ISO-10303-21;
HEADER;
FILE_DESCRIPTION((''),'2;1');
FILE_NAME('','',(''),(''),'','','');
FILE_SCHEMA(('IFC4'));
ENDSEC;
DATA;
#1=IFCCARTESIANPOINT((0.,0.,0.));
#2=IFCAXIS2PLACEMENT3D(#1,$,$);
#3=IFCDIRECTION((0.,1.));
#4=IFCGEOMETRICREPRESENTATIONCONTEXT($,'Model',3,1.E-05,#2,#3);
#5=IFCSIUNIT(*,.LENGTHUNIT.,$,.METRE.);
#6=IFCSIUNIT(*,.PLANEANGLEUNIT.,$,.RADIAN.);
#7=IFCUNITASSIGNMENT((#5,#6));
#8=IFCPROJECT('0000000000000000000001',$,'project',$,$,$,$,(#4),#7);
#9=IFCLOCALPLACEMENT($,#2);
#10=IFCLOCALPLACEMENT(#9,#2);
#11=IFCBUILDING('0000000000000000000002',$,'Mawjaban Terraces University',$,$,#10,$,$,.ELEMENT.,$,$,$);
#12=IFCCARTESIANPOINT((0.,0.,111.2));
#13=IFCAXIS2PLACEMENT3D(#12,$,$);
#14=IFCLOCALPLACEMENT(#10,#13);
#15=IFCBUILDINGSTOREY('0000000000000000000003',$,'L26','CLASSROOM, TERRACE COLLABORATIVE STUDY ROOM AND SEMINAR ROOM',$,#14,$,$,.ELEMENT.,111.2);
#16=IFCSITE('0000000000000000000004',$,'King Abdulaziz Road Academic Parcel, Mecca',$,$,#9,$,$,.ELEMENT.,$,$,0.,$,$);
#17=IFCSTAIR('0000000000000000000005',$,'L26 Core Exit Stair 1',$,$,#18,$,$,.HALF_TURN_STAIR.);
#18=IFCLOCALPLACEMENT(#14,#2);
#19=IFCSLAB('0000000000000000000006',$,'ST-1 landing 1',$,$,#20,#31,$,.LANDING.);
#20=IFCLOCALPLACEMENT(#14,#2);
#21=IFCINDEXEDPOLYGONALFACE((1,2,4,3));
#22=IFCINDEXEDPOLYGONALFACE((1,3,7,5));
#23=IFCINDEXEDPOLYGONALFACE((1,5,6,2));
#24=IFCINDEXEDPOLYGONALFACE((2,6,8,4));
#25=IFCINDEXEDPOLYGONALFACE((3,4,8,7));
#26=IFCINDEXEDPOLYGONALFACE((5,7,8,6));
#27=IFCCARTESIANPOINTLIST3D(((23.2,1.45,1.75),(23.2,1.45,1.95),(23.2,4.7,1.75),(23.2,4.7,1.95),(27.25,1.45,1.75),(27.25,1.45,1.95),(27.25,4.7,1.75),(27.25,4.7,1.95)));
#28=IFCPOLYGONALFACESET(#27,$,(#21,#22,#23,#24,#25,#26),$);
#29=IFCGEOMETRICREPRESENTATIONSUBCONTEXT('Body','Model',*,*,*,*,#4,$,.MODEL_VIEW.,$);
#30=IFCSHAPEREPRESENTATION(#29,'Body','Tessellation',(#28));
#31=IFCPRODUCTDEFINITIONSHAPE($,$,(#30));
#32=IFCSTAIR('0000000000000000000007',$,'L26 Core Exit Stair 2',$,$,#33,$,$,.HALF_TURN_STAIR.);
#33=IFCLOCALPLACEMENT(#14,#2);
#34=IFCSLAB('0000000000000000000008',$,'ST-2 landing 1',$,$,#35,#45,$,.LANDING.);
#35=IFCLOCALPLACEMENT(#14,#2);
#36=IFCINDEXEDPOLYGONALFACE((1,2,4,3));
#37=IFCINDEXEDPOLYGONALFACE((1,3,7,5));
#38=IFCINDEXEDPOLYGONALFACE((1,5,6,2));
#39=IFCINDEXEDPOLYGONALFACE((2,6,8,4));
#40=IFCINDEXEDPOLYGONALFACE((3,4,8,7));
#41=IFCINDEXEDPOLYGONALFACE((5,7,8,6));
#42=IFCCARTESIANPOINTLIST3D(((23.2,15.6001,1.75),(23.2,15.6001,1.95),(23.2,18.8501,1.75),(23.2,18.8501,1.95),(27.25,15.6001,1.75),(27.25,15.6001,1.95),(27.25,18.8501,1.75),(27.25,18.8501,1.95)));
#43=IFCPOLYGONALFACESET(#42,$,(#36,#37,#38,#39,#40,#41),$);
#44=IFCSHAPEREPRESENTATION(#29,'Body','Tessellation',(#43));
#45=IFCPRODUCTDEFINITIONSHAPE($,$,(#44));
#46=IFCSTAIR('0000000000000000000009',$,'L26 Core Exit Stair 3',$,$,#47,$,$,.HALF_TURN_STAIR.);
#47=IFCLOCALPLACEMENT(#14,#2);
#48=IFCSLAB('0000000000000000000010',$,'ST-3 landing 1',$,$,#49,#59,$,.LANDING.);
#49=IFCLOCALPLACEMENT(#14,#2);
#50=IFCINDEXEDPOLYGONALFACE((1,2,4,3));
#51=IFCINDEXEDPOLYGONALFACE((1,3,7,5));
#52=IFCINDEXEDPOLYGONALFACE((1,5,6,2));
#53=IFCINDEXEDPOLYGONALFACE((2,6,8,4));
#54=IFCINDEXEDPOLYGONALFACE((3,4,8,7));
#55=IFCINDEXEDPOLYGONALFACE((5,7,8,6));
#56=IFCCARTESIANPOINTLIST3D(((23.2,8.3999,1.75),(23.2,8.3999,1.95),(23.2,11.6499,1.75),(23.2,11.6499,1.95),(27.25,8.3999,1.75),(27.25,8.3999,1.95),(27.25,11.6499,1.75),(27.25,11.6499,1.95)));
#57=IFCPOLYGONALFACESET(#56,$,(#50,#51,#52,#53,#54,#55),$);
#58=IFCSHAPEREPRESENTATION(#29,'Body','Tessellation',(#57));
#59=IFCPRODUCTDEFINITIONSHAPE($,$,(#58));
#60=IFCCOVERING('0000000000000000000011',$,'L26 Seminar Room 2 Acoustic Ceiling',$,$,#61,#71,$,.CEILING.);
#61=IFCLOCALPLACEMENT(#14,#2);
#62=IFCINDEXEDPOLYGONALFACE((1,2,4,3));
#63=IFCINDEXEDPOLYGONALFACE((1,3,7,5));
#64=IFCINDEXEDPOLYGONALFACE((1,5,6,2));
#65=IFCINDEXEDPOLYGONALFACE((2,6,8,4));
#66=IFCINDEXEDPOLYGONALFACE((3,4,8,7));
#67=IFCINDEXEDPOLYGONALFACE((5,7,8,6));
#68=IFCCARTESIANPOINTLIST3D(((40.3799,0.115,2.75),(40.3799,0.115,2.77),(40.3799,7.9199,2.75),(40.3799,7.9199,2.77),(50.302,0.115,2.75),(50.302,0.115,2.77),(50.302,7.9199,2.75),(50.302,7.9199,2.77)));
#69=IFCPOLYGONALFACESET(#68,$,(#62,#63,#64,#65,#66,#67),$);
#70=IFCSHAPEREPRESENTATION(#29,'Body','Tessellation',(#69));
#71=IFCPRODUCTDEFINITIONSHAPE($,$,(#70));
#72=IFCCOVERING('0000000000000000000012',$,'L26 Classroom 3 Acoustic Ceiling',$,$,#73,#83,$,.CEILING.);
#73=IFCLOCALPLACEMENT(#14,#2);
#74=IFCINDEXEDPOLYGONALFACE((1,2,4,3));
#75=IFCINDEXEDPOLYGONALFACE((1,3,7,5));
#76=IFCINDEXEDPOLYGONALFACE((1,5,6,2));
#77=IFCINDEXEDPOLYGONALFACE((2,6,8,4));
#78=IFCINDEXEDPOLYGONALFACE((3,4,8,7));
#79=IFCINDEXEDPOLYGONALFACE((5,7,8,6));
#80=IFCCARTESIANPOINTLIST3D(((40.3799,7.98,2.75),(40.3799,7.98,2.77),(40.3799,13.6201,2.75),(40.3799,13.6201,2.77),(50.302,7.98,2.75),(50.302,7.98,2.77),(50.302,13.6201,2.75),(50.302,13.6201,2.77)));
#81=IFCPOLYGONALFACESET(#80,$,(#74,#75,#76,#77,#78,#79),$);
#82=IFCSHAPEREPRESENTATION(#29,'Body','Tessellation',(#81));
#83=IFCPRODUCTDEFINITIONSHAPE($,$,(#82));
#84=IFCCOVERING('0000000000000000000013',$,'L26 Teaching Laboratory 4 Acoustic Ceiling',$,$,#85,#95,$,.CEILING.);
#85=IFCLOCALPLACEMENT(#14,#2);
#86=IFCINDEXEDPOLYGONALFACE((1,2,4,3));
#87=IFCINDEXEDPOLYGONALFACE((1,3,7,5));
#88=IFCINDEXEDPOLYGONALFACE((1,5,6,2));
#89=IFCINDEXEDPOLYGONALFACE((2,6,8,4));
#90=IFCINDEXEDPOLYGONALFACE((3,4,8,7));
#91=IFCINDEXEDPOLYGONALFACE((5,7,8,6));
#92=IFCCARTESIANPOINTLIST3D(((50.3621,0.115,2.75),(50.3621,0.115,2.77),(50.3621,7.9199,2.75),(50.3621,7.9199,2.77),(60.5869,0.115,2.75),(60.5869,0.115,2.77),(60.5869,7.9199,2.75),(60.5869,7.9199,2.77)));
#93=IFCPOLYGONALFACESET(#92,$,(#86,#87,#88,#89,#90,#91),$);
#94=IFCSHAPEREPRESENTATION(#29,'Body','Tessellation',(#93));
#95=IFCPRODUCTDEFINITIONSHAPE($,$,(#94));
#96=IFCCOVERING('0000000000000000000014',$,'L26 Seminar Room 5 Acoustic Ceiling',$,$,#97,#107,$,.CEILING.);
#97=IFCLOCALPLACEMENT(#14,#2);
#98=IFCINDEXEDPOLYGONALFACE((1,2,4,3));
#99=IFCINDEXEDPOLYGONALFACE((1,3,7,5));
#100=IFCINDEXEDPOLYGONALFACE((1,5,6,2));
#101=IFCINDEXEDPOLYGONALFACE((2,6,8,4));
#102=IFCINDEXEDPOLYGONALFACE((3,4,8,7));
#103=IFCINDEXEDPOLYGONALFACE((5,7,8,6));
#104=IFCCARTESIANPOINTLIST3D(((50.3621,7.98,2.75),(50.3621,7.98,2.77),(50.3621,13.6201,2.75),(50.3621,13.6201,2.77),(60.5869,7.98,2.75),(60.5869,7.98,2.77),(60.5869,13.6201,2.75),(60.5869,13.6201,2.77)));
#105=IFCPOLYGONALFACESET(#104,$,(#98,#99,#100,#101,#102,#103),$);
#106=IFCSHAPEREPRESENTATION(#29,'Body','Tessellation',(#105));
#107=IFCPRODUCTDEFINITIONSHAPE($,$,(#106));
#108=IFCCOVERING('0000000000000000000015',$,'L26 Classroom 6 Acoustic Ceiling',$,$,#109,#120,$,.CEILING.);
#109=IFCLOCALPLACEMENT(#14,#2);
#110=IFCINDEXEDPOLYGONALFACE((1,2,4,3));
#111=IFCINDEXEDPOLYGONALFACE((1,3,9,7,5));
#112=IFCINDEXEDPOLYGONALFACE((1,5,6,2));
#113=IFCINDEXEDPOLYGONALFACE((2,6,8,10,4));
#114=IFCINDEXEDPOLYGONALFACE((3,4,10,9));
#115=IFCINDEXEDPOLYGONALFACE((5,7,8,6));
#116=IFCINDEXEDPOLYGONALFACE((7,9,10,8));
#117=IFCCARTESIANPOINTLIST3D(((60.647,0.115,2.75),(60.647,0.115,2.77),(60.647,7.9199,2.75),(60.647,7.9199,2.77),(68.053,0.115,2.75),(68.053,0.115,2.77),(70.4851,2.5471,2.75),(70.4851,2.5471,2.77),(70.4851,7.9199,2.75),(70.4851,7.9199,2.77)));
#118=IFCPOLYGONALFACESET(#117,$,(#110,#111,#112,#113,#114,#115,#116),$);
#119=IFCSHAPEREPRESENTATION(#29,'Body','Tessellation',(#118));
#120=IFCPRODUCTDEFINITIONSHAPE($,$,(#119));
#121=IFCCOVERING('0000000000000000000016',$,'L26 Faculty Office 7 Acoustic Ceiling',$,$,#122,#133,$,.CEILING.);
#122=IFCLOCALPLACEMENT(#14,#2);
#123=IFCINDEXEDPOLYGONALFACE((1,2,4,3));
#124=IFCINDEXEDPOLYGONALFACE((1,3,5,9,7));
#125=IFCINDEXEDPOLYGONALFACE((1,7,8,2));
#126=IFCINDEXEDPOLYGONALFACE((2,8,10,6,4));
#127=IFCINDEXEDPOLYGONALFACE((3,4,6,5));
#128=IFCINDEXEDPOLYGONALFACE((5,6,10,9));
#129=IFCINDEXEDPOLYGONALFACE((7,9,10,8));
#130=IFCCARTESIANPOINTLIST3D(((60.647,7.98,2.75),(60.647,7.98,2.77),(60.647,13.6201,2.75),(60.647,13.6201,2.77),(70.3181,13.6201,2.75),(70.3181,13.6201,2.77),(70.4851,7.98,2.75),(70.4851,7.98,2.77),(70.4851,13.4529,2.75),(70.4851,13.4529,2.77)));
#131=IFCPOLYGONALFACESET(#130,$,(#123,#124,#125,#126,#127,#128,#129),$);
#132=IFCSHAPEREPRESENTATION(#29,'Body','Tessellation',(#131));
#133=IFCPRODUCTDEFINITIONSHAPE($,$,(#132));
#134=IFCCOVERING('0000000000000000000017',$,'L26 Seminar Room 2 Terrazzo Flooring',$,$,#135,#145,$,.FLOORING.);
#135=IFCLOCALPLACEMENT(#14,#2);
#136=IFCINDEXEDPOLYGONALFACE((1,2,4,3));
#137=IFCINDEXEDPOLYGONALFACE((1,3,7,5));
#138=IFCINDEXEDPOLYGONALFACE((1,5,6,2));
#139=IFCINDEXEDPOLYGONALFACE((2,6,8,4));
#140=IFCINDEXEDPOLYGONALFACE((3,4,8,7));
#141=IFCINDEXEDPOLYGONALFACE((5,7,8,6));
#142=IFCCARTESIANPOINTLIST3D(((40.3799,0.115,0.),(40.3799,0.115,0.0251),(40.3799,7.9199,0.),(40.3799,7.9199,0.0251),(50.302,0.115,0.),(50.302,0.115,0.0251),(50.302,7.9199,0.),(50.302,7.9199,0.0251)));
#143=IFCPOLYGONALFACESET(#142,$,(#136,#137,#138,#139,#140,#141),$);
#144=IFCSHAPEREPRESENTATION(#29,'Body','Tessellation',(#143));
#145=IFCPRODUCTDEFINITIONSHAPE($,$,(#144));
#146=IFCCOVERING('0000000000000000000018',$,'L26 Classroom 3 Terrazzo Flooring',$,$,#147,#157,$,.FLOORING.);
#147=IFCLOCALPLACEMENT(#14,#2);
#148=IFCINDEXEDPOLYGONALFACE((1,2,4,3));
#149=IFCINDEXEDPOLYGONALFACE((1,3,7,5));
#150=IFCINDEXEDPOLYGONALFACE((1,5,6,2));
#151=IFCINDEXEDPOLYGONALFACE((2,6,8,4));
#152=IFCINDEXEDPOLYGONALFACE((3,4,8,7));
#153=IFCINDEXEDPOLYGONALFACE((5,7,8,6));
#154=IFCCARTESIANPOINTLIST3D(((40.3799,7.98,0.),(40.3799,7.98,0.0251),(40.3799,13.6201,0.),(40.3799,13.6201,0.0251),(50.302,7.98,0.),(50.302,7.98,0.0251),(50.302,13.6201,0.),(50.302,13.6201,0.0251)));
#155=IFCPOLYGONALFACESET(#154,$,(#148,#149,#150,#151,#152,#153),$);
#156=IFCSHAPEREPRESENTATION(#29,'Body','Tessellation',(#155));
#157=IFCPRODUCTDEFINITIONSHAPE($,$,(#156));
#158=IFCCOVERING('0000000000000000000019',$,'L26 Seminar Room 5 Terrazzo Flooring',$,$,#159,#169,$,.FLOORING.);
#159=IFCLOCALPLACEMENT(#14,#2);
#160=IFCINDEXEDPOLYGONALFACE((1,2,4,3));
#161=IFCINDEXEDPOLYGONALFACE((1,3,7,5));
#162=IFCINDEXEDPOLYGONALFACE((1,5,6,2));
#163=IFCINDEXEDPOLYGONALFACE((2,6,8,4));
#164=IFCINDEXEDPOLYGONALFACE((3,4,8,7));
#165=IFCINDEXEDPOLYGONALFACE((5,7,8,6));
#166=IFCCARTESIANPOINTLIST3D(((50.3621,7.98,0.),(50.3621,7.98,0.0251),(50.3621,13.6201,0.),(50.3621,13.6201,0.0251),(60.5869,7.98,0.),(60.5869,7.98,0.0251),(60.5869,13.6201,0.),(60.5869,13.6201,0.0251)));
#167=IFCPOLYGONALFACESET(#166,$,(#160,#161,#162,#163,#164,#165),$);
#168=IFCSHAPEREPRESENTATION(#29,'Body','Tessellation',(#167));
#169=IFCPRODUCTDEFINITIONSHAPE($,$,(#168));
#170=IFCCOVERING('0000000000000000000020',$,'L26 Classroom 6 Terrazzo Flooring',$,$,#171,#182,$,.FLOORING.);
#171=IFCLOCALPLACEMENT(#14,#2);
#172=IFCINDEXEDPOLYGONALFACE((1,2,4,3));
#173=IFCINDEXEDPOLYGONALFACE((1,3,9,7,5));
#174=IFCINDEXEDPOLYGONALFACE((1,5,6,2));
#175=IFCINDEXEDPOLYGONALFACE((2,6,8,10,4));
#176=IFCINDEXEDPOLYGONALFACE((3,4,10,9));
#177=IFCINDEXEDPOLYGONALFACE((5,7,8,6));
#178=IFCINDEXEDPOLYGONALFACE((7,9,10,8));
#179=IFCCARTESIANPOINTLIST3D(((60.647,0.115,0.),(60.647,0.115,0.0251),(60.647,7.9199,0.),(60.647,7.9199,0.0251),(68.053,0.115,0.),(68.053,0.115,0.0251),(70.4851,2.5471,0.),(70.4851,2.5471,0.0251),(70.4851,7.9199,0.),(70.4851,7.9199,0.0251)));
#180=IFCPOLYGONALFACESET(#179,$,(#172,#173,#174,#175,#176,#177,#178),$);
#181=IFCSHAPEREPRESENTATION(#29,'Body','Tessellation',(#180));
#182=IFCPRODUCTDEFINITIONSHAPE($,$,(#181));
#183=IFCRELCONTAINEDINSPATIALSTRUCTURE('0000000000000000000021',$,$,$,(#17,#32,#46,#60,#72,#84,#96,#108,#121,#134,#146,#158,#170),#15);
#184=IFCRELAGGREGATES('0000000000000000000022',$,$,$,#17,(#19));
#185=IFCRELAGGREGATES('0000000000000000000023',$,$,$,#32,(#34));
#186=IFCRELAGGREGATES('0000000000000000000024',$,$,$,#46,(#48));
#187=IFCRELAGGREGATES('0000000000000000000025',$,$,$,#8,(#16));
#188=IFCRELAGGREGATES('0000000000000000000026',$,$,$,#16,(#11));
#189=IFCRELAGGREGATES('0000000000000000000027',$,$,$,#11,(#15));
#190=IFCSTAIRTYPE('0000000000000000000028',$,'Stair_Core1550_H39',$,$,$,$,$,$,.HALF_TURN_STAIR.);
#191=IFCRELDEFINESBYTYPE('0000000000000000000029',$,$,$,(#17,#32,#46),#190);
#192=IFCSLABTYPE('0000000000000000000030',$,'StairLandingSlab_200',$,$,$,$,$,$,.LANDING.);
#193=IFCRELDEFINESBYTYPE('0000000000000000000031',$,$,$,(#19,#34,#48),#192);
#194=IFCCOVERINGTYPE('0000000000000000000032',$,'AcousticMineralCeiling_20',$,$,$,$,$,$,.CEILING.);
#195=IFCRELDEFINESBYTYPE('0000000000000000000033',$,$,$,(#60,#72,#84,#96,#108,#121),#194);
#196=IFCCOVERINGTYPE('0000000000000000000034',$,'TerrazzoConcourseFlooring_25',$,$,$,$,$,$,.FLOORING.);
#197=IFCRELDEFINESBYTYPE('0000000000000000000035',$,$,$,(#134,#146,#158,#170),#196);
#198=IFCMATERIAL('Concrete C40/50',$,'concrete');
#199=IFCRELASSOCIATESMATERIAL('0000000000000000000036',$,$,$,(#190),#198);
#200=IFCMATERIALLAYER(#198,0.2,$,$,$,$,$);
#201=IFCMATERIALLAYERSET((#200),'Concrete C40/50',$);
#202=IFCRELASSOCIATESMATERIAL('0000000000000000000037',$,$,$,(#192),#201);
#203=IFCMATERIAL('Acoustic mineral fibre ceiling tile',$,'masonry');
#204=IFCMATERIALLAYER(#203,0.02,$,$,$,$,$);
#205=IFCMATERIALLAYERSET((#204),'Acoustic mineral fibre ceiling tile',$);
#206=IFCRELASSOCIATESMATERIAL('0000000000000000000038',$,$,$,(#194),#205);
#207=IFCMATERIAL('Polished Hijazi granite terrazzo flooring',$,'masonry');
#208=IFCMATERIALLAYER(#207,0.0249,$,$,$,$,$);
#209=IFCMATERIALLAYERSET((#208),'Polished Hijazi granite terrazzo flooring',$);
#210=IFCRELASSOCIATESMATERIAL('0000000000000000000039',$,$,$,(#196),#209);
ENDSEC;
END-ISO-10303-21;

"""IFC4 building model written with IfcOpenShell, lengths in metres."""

from ifc_helpers import new_model, si_unit, direction, frame, origin, place, context, subcontext, project, spatial, polyline, outline, extrude, material, layer, layer_set, type_object, element, aggregate, save


model = new_model("IFC4")

# Units and contexts
model_context = context("Model", 3, precision=1e-05, world=origin(), true_north=direction((0.0, 1.0)))
body_context = subcontext(model_context, "Body", "Model", "MODEL_VIEW")
ifc_project = project(units=[si_unit("LENGTHUNIT", "METRE"), si_unit("PLANEANGLEUNIT", "RADIAN")], contexts=[model_context])

# Site, building, storey
site_placement = place(None, origin())
site = spatial("IfcSite", under=ifc_project, at=site_placement, Name="King Abdulaziz Road Academic Parcel, Mecca", CompositionType="ELEMENT", RefElevation=0.0)
building_placement = place(site_placement, origin())
building = spatial("IfcBuilding", under=site, at=building_placement, Name="Mawjaban Terraces University", CompositionType="ELEMENT")
storey_placement = place(building_placement, frame((0.0, 0.0, 111.2)))
storey = spatial("IfcBuildingStorey", under=building, at=storey_placement, Name="L26", Description="CLASSROOM, TERRACE COLLABORATIVE STUDY ROOM AND SEMINAR ROOM", CompositionType="ELEMENT", Elevation=111.2)

# Shared definitions
ifc_material_1 = material(Name="Concrete C40/50", Category="concrete")

# Stairs, slabs
stair_type = type_object("IfcStairType", Name="Stair_Core1550_H39", PredefinedType="HALF_TURN_STAIR", material=ifc_material_1)
stair_1_placement = place(storey_placement, origin())
stair_1 = element("IfcStair", 1, at=stair_1_placement, inside=storey, type_object=stair_type, Name="L26 Core Exit Stair 1", PredefinedType="HALF_TURN_STAIR")
ifc_layer_1 = layer(ifc_material_1, 0.2)
ifc_layer_set_1 = layer_set([ifc_layer_1], Name="Concrete C40/50")
slab_type_1 = type_object("IfcSlabType", Name="StairLandingSlab_200", PredefinedType="LANDING", material=ifc_layer_set_1)
slab_1_placement = place(storey_placement, frame((0.0, 0.0, 1.75)))
slab_1 = element("IfcSlab", 2, at=slab_1_placement, type_object=slab_type_1, Name="ST-1 landing 1", PredefinedType="LANDING", context=body_context, shape_type="SweptSolid", body=[
    extrude(outline(polyline([(27.25, 4.7), (23.2, 4.7), (23.2, 1.45), (27.25, 1.45), (27.25, 4.7)])), origin(), (0.0, 0.0, 1.0), 0.2),
])
aggregate(stair_1, [slab_1])
stair_2_placement = place(storey_placement, origin())
stair_2 = element("IfcStair", 3, at=stair_2_placement, inside=storey, type_object=stair_type, Name="L26 Core Exit Stair 2", PredefinedType="HALF_TURN_STAIR")
slab_2_placement = place(storey_placement, frame((0.0, 0.0, 1.75)))
slab_2 = element("IfcSlab", 4, at=slab_2_placement, type_object=slab_type_1, Name="ST-2 landing 1", PredefinedType="LANDING", context=body_context, shape_type="SweptSolid", body=[
    extrude(outline(polyline([(27.25, 18.8501), (23.2, 18.8501), (23.2, 15.6001), (27.25, 15.6001), (27.25, 18.8501)])), origin(), (0.0, 0.0, 1.0), 0.2),
])
aggregate(stair_2, [slab_2])
stair_3_placement = place(storey_placement, origin())
stair_3 = element("IfcStair", 5, at=stair_3_placement, inside=storey, type_object=stair_type, Name="L26 Core Exit Stair 3", PredefinedType="HALF_TURN_STAIR")
slab_3_placement = place(storey_placement, frame((0.0, 0.0, 1.75)))
slab_3 = element("IfcSlab", 6, at=slab_3_placement, type_object=slab_type_1, Name="ST-3 landing 1", PredefinedType="LANDING", context=body_context, shape_type="SweptSolid", body=[
    extrude(outline(polyline([(27.25, 11.6499), (23.2, 11.6499), (23.2, 8.3999), (27.25, 8.3999), (27.25, 11.6499)])), origin(), (0.0, 0.0, 1.0), 0.2),
])
aggregate(stair_3, [slab_3])

# Coverings
ifc_material_2 = material(Name="Acoustic mineral fibre ceiling tile", Category="masonry")
ifc_layer_2 = layer(ifc_material_2, 0.02)
ifc_layer_set_2 = layer_set([ifc_layer_2], Name="Acoustic mineral fibre ceiling tile")
covering_type_1 = type_object("IfcCoveringType", Name="AcousticMineralCeiling_20", PredefinedType="CEILING", material=ifc_layer_set_2)
covering_1_placement = place(storey_placement, frame((0.0, 0.0, 2.75)))
element("IfcCovering", 7, at=covering_1_placement, inside=storey, type_object=covering_type_1, Name="L26 Seminar Room 2 Acoustic Ceiling", PredefinedType="CEILING", context=body_context, shape_type="SweptSolid", body=[
    extrude(outline(polyline([(40.3799, 0.115), (50.302, 0.115), (50.302, 7.9199), (40.3799, 7.9199), (40.3799, 0.115)])), origin(), (0.0, 0.0, 1.0), 0.02),
])
covering_2_placement = place(storey_placement, frame((0.0, 0.0, 2.75)))
element("IfcCovering", 8, at=covering_2_placement, inside=storey, type_object=covering_type_1, Name="L26 Classroom 3 Acoustic Ceiling", PredefinedType="CEILING", context=body_context, shape_type="SweptSolid", body=[
    extrude(outline(polyline([(50.302, 7.98), (50.302, 13.6201), (40.3799, 13.6201), (40.3799, 7.98), (50.302, 7.98)])), origin(), (0.0, 0.0, 1.0), 0.02),
])
covering_3_placement = place(storey_placement, frame((0.0, 0.0, 2.75)))
element("IfcCovering", 9, at=covering_3_placement, inside=storey, type_object=covering_type_1, Name="L26 Teaching Laboratory 4 Acoustic Ceiling", PredefinedType="CEILING", context=body_context, shape_type="SweptSolid", body=[
    extrude(outline(polyline([(50.3621, 0.115), (60.5869, 0.115), (60.5869, 7.9199), (50.3621, 7.9199), (50.3621, 0.115)])), origin(), (0.0, 0.0, 1.0), 0.02),
])
covering_4_placement = place(storey_placement, frame((0.0, 0.0, 2.75)))
element("IfcCovering", 10, at=covering_4_placement, inside=storey, type_object=covering_type_1, Name="L26 Seminar Room 5 Acoustic Ceiling", PredefinedType="CEILING", context=body_context, shape_type="SweptSolid", body=[
    extrude(outline(polyline([(60.5869, 7.98), (60.5869, 13.6201), (50.3621, 13.6201), (50.3621, 7.98), (60.5869, 7.98)])), origin(), (0.0, 0.0, 1.0), 0.02),
])
covering_5_placement = place(storey_placement, frame((0.0, 0.0, 2.75)))
element("IfcCovering", 11, at=covering_5_placement, inside=storey, type_object=covering_type_1, Name="L26 Classroom 6 Acoustic Ceiling", PredefinedType="CEILING", context=body_context, shape_type="SweptSolid", body=[
    extrude(outline(polyline([(60.647, 0.115), (68.053, 0.115), (70.4851, 2.5471), (70.4851, 7.9199), (60.647, 7.9199), (60.647, 0.115)])), origin(), (0.0, 0.0, 1.0), 0.02),
])
covering_6_placement = place(storey_placement, frame((0.0, 0.0, 2.75)))
element("IfcCovering", 12, at=covering_6_placement, inside=storey, type_object=covering_type_1, Name="L26 Faculty Office 7 Acoustic Ceiling", PredefinedType="CEILING", context=body_context, shape_type="SweptSolid", body=[
    extrude(outline(polyline([(70.4851, 7.98), (70.4851, 13.4529), (70.3181, 13.6201), (60.647, 13.6201), (60.647, 7.98), (70.4851, 7.98)])), origin(), (0.0, 0.0, 1.0), 0.02),
])
ifc_material_3 = material(Name="Polished Hijazi granite terrazzo flooring", Category="masonry")
ifc_layer_3 = layer(ifc_material_3, 0.0249)
ifc_layer_set_3 = layer_set([ifc_layer_3], Name="Polished Hijazi granite terrazzo flooring")
covering_type_2 = type_object("IfcCoveringType", Name="TerrazzoConcourseFlooring_25", PredefinedType="FLOORING", material=ifc_layer_set_3)
covering_7_placement = place(storey_placement, origin())
element("IfcCovering", 13, at=covering_7_placement, inside=storey, type_object=covering_type_2, Name="L26 Seminar Room 2 Terrazzo Flooring", PredefinedType="FLOORING", context=body_context, shape_type="SweptSolid", body=[
    extrude(outline(polyline([(40.3799, 0.115), (50.302, 0.115), (50.302, 7.9199), (40.3799, 7.9199), (40.3799, 0.115)])), origin(), (0.0, 0.0, 1.0), 0.0251),
])
covering_8_placement = place(storey_placement, origin())
element("IfcCovering", 14, at=covering_8_placement, inside=storey, type_object=covering_type_2, Name="L26 Classroom 3 Terrazzo Flooring", PredefinedType="FLOORING", context=body_context, shape_type="SweptSolid", body=[
    extrude(outline(polyline([(50.302, 7.98), (50.302, 13.6201), (40.3799, 13.6201), (40.3799, 7.98), (50.302, 7.98)])), origin(), (0.0, 0.0, 1.0), 0.0251),
])
covering_9_placement = place(storey_placement, origin())
element("IfcCovering", 15, at=covering_9_placement, inside=storey, type_object=covering_type_2, Name="L26 Seminar Room 5 Terrazzo Flooring", PredefinedType="FLOORING", context=body_context, shape_type="SweptSolid", body=[
    extrude(outline(polyline([(60.5869, 7.98), (60.5869, 13.6201), (50.3621, 13.6201), (50.3621, 7.98), (60.5869, 7.98)])), origin(), (0.0, 0.0, 1.0), 0.0251),
])
covering_10_placement = place(storey_placement, origin())
element("IfcCovering", 16, at=covering_10_placement, inside=storey, type_object=covering_type_2, Name="L26 Classroom 6 Terrazzo Flooring", PredefinedType="FLOORING", context=body_context, shape_type="SweptSolid", body=[
    extrude(outline(polyline([(60.647, 0.115), (68.053, 0.115), (70.4851, 2.5471), (70.4851, 7.9199), (60.647, 7.9199), (60.647, 0.115)])), origin(), (0.0, 0.0, 1.0), 0.0251),
])

save(model, "model.ifc")
